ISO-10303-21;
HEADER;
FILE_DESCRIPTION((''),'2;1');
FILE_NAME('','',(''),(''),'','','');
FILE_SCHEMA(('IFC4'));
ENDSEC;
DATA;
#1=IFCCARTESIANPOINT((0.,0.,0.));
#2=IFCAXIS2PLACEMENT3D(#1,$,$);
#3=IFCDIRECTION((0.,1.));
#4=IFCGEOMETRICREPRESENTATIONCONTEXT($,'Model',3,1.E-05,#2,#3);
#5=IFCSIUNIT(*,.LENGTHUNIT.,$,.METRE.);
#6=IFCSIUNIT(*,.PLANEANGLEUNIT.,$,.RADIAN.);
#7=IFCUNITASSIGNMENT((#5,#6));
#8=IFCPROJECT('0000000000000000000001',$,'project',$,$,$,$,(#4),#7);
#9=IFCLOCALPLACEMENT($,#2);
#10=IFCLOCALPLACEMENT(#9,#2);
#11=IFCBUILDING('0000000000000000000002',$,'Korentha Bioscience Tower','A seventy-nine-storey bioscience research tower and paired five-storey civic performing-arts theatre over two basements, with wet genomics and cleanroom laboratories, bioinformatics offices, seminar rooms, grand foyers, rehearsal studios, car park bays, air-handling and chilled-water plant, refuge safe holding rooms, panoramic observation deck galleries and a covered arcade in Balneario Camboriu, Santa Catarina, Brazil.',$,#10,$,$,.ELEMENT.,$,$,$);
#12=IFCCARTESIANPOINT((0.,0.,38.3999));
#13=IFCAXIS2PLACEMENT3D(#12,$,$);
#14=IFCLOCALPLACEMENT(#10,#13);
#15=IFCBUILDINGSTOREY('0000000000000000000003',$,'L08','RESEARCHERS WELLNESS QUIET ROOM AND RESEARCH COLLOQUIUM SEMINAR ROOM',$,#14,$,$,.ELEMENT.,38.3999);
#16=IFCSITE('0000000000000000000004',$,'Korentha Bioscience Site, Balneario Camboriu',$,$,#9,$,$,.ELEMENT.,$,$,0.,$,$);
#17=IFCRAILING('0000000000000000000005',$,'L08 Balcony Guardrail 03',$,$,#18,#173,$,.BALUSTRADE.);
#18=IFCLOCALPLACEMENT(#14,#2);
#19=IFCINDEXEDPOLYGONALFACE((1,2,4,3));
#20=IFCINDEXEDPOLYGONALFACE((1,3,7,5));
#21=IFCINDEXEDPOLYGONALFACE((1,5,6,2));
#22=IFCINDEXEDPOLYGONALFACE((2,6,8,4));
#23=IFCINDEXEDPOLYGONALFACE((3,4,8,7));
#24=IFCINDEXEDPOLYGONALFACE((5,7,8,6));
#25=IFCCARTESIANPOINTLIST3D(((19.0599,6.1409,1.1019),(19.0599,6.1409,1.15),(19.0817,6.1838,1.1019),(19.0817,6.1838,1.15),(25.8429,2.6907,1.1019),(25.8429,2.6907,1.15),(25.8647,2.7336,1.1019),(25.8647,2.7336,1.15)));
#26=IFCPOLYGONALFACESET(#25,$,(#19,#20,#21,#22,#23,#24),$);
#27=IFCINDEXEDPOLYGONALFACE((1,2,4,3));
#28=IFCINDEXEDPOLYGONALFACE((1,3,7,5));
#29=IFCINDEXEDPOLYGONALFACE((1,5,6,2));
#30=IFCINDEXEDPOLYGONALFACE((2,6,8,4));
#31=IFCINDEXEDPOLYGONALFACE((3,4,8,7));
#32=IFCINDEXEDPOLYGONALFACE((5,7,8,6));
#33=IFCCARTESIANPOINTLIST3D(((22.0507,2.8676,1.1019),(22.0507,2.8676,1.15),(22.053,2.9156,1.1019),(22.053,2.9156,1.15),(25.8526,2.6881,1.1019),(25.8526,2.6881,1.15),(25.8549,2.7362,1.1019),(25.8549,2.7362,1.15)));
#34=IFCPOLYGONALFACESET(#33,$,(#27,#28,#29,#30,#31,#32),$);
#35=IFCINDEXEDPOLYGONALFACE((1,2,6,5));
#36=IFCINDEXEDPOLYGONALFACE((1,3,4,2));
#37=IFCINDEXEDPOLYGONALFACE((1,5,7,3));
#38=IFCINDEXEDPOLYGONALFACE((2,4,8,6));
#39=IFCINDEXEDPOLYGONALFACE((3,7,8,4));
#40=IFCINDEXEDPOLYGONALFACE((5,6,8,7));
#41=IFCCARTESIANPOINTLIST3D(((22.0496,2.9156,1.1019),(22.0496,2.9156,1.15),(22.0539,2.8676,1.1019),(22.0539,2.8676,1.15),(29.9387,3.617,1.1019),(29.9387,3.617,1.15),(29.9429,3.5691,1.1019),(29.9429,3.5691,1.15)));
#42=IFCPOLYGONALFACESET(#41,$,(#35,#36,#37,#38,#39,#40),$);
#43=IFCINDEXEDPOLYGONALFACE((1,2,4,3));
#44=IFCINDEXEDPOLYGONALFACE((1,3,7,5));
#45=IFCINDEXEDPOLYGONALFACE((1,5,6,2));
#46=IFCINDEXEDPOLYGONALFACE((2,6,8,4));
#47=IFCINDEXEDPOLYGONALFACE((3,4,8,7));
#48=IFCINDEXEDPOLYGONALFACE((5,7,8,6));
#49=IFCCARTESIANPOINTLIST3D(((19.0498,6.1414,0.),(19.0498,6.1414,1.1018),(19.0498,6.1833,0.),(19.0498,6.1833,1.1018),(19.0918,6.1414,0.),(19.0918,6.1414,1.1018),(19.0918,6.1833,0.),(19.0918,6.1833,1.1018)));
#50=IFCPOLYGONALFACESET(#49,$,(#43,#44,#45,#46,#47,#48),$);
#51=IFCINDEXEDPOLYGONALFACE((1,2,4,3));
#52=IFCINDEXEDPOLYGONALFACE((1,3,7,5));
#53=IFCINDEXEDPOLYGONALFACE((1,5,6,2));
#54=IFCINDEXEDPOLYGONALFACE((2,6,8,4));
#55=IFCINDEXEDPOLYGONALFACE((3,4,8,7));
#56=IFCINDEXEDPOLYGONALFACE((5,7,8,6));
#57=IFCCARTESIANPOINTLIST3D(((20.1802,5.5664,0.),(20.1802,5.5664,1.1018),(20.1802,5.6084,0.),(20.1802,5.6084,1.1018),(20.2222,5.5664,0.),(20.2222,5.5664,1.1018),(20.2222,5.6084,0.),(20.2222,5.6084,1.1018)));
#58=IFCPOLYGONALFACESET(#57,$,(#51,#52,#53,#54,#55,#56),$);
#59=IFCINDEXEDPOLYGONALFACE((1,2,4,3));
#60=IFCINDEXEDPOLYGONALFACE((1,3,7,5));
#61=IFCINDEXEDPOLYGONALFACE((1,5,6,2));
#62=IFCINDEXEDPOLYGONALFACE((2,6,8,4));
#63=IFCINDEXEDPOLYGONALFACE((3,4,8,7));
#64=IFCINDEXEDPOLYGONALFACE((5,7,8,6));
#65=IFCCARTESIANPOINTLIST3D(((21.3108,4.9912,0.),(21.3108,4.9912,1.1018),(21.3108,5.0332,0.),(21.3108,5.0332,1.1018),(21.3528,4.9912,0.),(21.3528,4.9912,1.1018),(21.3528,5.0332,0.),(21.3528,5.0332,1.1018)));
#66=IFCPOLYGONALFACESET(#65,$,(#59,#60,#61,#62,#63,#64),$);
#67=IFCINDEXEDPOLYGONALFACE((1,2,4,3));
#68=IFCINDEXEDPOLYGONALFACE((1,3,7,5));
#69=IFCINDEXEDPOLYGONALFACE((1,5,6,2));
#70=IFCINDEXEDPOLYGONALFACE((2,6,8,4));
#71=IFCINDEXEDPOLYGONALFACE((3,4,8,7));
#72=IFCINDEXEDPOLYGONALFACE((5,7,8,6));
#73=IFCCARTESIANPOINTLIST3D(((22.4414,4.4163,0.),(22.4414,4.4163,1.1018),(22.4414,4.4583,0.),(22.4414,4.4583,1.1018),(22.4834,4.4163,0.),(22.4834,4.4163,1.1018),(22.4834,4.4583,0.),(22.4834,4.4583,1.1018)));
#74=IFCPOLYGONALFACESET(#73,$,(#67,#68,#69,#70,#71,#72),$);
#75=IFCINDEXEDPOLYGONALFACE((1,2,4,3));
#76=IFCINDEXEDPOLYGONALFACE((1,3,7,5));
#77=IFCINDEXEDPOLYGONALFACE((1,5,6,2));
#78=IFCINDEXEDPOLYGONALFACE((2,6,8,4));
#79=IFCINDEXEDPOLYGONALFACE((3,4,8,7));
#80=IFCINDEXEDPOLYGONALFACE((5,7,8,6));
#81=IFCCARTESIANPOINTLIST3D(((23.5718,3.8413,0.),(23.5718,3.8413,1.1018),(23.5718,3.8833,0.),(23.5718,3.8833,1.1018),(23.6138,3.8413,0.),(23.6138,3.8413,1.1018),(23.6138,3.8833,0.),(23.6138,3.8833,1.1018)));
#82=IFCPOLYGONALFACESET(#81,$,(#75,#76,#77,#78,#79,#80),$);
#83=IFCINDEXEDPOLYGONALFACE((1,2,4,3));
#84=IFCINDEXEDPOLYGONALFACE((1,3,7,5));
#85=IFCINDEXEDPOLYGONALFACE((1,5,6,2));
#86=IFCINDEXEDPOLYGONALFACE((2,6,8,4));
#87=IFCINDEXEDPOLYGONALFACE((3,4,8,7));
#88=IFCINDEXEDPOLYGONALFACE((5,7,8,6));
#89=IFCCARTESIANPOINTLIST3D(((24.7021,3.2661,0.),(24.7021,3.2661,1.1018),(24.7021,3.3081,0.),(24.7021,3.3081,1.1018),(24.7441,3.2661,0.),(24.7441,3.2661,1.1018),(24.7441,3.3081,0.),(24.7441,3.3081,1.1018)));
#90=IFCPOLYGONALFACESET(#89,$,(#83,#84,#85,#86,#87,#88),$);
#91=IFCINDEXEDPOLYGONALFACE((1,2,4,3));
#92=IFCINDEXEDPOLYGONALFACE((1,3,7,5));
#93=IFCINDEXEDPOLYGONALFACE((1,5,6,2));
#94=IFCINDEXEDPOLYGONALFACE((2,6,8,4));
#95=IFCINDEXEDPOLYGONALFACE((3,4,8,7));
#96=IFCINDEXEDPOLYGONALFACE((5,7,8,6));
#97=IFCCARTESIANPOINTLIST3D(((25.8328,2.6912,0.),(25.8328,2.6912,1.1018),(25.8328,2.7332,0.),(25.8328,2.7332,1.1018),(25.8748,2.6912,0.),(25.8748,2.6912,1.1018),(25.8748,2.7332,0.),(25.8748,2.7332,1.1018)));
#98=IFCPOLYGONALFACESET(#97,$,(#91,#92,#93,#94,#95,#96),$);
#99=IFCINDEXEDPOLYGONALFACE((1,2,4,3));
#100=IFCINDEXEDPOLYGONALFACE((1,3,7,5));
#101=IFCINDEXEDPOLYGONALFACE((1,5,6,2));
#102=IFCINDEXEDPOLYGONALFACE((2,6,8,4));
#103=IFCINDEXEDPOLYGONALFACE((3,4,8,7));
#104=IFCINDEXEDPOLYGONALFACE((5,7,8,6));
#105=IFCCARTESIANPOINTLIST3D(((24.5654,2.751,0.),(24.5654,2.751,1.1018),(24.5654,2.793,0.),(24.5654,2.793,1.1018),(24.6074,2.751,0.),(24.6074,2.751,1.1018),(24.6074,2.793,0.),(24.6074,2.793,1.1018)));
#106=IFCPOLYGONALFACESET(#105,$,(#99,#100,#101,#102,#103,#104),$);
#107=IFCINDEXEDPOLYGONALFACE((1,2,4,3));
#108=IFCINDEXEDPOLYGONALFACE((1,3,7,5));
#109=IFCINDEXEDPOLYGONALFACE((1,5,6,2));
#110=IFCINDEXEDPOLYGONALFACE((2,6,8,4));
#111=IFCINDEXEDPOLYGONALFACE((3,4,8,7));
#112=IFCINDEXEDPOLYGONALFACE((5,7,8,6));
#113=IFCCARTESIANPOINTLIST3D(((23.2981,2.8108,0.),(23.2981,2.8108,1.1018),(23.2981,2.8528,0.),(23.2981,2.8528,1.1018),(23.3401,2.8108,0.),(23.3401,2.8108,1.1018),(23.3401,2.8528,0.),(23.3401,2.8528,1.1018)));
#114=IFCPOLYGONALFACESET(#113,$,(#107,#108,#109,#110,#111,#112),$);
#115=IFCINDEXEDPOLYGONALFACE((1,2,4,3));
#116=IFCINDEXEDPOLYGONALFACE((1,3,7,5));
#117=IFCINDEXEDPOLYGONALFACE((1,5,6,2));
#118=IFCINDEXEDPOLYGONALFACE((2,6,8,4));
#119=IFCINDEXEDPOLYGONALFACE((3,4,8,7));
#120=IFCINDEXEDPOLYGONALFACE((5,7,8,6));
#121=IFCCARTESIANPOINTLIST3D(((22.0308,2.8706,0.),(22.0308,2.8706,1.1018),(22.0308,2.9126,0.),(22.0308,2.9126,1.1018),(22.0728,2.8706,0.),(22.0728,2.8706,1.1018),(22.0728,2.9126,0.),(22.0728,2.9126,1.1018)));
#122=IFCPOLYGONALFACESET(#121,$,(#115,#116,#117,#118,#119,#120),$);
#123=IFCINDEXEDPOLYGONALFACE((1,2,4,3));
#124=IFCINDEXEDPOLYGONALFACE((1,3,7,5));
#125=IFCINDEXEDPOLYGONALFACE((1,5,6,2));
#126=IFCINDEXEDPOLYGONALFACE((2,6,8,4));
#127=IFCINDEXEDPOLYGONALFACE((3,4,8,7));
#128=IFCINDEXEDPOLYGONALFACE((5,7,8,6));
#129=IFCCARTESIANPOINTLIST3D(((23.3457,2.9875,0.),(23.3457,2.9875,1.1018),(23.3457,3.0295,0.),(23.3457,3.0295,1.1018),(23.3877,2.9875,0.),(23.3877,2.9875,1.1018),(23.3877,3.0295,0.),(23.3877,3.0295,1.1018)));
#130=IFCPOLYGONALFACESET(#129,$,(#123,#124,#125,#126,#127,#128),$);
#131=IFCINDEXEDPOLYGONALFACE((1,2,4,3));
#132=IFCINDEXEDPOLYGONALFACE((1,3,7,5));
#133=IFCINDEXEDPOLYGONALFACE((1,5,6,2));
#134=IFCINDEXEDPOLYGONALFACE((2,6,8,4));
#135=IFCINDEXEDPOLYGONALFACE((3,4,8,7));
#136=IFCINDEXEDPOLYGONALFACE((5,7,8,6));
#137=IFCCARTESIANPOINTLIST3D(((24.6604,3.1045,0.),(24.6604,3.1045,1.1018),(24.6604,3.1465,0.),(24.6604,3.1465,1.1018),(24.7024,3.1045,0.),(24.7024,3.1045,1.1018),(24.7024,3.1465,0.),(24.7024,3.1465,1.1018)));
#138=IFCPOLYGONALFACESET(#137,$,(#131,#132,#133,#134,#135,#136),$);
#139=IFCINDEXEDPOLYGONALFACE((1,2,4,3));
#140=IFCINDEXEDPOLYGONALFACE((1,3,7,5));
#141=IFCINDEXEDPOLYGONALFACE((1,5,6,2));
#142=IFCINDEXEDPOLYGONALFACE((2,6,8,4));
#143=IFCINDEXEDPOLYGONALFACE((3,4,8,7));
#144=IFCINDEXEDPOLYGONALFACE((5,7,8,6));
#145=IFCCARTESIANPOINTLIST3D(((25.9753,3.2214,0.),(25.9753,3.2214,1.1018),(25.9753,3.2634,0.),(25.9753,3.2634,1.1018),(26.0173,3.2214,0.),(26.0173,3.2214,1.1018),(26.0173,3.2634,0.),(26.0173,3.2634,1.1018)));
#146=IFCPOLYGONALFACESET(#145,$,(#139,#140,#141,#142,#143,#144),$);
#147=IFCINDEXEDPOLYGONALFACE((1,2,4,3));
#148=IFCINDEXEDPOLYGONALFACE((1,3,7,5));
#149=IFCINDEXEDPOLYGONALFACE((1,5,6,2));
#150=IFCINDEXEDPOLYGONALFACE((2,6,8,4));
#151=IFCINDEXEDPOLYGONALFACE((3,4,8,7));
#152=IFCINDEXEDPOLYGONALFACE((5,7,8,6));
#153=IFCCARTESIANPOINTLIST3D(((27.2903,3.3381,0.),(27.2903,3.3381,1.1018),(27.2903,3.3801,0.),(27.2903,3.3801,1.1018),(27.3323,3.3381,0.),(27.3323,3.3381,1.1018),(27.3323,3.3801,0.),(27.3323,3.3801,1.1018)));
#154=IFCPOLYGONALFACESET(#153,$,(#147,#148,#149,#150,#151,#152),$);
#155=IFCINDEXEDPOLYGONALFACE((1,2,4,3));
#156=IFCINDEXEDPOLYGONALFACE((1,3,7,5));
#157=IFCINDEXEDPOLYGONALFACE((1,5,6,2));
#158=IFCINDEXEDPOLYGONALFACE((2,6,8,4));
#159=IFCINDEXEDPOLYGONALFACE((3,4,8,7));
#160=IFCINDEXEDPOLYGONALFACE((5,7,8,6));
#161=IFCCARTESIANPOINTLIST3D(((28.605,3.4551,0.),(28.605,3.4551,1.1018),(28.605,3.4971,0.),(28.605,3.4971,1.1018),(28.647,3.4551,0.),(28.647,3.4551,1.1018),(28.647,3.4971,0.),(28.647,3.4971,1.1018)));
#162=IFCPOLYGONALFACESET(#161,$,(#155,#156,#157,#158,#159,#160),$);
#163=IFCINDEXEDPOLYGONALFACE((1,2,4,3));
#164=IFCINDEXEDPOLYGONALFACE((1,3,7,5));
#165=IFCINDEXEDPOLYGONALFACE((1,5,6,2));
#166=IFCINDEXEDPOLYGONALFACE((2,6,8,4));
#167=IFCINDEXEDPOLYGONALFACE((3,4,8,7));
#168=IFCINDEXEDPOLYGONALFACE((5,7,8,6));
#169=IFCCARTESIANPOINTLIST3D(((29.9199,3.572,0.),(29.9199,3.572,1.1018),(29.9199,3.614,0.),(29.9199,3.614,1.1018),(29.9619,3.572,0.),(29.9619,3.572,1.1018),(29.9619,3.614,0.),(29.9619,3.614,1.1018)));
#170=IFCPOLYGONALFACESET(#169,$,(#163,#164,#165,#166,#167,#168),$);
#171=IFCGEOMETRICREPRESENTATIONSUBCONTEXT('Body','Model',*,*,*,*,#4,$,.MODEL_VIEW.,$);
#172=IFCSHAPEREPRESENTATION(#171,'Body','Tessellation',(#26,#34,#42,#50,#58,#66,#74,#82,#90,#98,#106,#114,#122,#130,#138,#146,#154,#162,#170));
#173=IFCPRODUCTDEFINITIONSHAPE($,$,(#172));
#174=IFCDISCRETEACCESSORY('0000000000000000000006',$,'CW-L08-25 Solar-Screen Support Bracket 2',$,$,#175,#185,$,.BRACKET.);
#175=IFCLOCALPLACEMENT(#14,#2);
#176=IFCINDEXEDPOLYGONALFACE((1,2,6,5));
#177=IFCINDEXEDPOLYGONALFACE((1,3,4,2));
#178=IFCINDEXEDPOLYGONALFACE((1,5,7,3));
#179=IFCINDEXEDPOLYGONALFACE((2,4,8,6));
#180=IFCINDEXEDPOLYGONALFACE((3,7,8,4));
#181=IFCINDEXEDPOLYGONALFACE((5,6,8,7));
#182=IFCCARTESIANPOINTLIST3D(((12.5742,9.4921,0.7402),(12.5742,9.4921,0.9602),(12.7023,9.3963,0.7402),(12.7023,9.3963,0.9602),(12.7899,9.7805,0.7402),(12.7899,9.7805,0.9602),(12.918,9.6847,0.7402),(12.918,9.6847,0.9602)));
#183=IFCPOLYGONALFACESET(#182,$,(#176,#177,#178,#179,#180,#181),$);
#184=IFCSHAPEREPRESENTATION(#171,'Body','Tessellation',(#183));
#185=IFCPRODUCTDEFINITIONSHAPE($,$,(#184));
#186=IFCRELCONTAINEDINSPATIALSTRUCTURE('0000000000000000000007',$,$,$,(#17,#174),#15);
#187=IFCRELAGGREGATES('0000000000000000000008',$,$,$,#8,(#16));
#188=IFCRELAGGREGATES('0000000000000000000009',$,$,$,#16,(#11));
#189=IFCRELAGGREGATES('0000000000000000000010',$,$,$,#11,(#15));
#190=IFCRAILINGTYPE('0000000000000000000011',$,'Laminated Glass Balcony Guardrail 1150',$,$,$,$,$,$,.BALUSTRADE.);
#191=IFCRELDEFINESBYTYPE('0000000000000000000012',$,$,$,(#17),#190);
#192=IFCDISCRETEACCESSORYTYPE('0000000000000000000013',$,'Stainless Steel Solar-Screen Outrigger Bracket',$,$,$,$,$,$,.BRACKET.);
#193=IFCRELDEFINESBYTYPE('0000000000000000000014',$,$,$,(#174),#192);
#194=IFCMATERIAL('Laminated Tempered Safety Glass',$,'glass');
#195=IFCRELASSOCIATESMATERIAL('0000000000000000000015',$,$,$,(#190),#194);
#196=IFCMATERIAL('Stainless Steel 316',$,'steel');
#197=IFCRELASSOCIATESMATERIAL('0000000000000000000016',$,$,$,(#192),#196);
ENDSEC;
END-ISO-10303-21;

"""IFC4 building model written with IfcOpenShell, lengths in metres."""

from ifc_helpers import new_model, si_unit, direction, frame, origin, origin_2d, place, context, subcontext, project, spatial, rectangle, extrude, material, type_object, element, save


model = new_model("IFC4")

# Units and contexts
model_context = context("Model", 3, precision=1e-05, world=origin(), true_north=direction((0.0, 1.0)))
body_context = subcontext(model_context, "Body", "Model", "MODEL_VIEW")
ifc_project = project(units=[si_unit("LENGTHUNIT", "METRE"), si_unit("PLANEANGLEUNIT", "RADIAN")], contexts=[model_context])

# Site, building, storey
site_placement = place(None, origin())
site = spatial("IfcSite", under=ifc_project, at=site_placement, Name="Korentha Bioscience Site, Balneario Camboriu", CompositionType="ELEMENT", RefElevation=0.0)
building_placement = place(site_placement, origin())
building = spatial("IfcBuilding", under=site, at=building_placement, Name="Korentha Bioscience Tower", Description="A seventy-nine-storey bioscience research tower and paired five-storey civic performing-arts theatre over two basements, with wet genomics and cleanroom laboratories, bioinformatics offices, seminar rooms, grand foyers, rehearsal studios, car park bays, air-handling and chilled-water plant, refuge safe holding rooms, panoramic observation deck galleries and a covered arcade in Balneario Camboriu, Santa Catarina, Brazil.", CompositionType="ELEMENT")
storey_placement = place(building_placement, frame((0.0, 0.0, 38.3999)))
storey = spatial("IfcBuildingStorey", under=building, at=storey_placement, Name="L08", Description="RESEARCHERS WELLNESS QUIET ROOM AND RESEARCH COLLOQUIUM SEMINAR ROOM", CompositionType="ELEMENT", Elevation=38.3999)

# Railing
ifc_material_1 = material(Name="Laminated Tempered Safety Glass", Category="glass")
railing_type = type_object("IfcRailingType", Name="Laminated Glass Balcony Guardrail 1150", PredefinedType="BALUSTRADE", material=ifc_material_1)
railing_placement = place(storey_placement, frame((19.0708, 6.1624, 0.0)))
element("IfcRailing", 1, at=railing_placement, inside=storey, type_object=railing_type, Name="L08 Balcony Guardrail 03", PredefinedType="BALUSTRADE", context=body_context, shape_type="SweptSolid", body=[
    extrude(rectangle(XDim=0.0481, YDim=0.0481, at=origin_2d()), frame((0.0, 0.0, 1.126), z_axis=(0.89132, -0.453375, 0.0), x_axis=(0.453375, 0.89132, 0.0)), (0.0, 0.0, 1.0), 7.6101),
    extrude(rectangle(XDim=0.0481, YDim=0.0481, at=origin_2d()), frame((6.783, -3.4502, 1.126), z_axis=(-0.998888, 0.047145, 0.0), x_axis=(-0.047145, -0.998888, 0.0)), (0.0, 0.0, 1.0), 3.8062),
    extrude(rectangle(XDim=0.0481, YDim=0.0481, at=origin_2d()), frame((2.981, -3.2708, 1.126), z_axis=(0.996071, 0.088559, 0.0), x_axis=(-0.088559, 0.996071, 0.0)), (0.0, 0.0, 1.0), 7.9202),
    extrude(rectangle(XDim=0.042, YDim=0.042, at=origin_2d()), origin(), (0.0, 0.0, 1.0), 1.1018),
    extrude(rectangle(XDim=0.042, YDim=0.042, at=origin_2d()), frame((1.1304, -0.575, 0.0)), (0.0, 0.0, 1.0), 1.1018),
    extrude(rectangle(XDim=0.042, YDim=0.042, at=origin_2d()), frame((2.261, -1.1501, 0.0)), (0.0, 0.0, 1.0), 1.1018),
    extrude(rectangle(XDim=0.042, YDim=0.042, at=origin_2d()), frame((3.3916, -1.7251, 0.0)), (0.0, 0.0, 1.0), 1.1018),
    extrude(rectangle(XDim=0.042, YDim=0.042, at=origin_2d()), frame((4.522, -2.3, 0.0)), (0.0, 0.0, 1.0), 1.1018),
    extrude(rectangle(XDim=0.042, YDim=0.042, at=origin_2d()), frame((5.6523, -2.8752, 0.0)), (0.0, 0.0, 1.0), 1.1018),
    extrude(rectangle(XDim=0.042, YDim=0.042, at=origin_2d()), frame((6.783, -3.4502, 0.0)), (0.0, 0.0, 1.0), 1.1018),
    extrude(rectangle(XDim=0.042, YDim=0.042, at=origin_2d()), frame((5.5156, -3.3904, 0.0)), (0.0, 0.0, 1.0), 1.1018),
    extrude(rectangle(XDim=0.042, YDim=0.042, at=origin_2d()), frame((4.2483, -3.3306, 0.0)), (0.0, 0.0, 1.0), 1.1018),
    extrude(rectangle(XDim=0.042, YDim=0.042, at=origin_2d()), frame((2.981, -3.2708, 0.0)), (0.0, 0.0, 1.0), 1.1018),
    extrude(rectangle(XDim=0.042, YDim=0.042, at=origin_2d()), frame((4.2959, -3.1538, 0.0)), (0.0, 0.0, 1.0), 1.1018),
    extrude(rectangle(XDim=0.042, YDim=0.042, at=origin_2d()), frame((5.6106, -3.0369, 0.0)), (0.0, 0.0, 1.0), 1.1018),
    extrude(rectangle(XDim=0.042, YDim=0.042, at=origin_2d()), frame((6.9255, -2.9199, 0.0)), (0.0, 0.0, 1.0), 1.1018),
    extrude(rectangle(XDim=0.042, YDim=0.042, at=origin_2d()), frame((8.2405, -2.8032, 0.0)), (0.0, 0.0, 1.0), 1.1018),
    extrude(rectangle(XDim=0.042, YDim=0.042, at=origin_2d()), frame((9.5552, -2.6863, 0.0)), (0.0, 0.0, 1.0), 1.1018),
    extrude(rectangle(XDim=0.042, YDim=0.042, at=origin_2d()), frame((10.8701, -2.5693, 0.0)), (0.0, 0.0, 1.0), 1.1018),
])

# Discrete accessory
ifc_material_2 = material(Name="Stainless Steel 316", Category="steel")
discrete_accessory_type = type_object("IfcDiscreteAccessoryType", Name="Stainless Steel Solar-Screen Outrigger Bracket", PredefinedType="BRACKET", material=ifc_material_2)
discrete_accessory_placement = place(storey_placement, frame((12.7461, 9.5884, 0.7402), z_axis=(0.0, 0.0, 1.0), x_axis=(0.800798, -0.598935, 0.0)))
element("IfcDiscreteAccessory", 2, at=discrete_accessory_placement, inside=storey, type_object=discrete_accessory_type, Name="CW-L08-25 Solar-Screen Support Bracket 2", PredefinedType="BRACKET", context=body_context, shape_type="SweptSolid", body=[
    extrude(rectangle(XDim=0.1599, YDim=0.3601, at=origin_2d()), origin(), (0.0, 0.0, 1.0), 0.22),
])

save(model, "model.ifc")
